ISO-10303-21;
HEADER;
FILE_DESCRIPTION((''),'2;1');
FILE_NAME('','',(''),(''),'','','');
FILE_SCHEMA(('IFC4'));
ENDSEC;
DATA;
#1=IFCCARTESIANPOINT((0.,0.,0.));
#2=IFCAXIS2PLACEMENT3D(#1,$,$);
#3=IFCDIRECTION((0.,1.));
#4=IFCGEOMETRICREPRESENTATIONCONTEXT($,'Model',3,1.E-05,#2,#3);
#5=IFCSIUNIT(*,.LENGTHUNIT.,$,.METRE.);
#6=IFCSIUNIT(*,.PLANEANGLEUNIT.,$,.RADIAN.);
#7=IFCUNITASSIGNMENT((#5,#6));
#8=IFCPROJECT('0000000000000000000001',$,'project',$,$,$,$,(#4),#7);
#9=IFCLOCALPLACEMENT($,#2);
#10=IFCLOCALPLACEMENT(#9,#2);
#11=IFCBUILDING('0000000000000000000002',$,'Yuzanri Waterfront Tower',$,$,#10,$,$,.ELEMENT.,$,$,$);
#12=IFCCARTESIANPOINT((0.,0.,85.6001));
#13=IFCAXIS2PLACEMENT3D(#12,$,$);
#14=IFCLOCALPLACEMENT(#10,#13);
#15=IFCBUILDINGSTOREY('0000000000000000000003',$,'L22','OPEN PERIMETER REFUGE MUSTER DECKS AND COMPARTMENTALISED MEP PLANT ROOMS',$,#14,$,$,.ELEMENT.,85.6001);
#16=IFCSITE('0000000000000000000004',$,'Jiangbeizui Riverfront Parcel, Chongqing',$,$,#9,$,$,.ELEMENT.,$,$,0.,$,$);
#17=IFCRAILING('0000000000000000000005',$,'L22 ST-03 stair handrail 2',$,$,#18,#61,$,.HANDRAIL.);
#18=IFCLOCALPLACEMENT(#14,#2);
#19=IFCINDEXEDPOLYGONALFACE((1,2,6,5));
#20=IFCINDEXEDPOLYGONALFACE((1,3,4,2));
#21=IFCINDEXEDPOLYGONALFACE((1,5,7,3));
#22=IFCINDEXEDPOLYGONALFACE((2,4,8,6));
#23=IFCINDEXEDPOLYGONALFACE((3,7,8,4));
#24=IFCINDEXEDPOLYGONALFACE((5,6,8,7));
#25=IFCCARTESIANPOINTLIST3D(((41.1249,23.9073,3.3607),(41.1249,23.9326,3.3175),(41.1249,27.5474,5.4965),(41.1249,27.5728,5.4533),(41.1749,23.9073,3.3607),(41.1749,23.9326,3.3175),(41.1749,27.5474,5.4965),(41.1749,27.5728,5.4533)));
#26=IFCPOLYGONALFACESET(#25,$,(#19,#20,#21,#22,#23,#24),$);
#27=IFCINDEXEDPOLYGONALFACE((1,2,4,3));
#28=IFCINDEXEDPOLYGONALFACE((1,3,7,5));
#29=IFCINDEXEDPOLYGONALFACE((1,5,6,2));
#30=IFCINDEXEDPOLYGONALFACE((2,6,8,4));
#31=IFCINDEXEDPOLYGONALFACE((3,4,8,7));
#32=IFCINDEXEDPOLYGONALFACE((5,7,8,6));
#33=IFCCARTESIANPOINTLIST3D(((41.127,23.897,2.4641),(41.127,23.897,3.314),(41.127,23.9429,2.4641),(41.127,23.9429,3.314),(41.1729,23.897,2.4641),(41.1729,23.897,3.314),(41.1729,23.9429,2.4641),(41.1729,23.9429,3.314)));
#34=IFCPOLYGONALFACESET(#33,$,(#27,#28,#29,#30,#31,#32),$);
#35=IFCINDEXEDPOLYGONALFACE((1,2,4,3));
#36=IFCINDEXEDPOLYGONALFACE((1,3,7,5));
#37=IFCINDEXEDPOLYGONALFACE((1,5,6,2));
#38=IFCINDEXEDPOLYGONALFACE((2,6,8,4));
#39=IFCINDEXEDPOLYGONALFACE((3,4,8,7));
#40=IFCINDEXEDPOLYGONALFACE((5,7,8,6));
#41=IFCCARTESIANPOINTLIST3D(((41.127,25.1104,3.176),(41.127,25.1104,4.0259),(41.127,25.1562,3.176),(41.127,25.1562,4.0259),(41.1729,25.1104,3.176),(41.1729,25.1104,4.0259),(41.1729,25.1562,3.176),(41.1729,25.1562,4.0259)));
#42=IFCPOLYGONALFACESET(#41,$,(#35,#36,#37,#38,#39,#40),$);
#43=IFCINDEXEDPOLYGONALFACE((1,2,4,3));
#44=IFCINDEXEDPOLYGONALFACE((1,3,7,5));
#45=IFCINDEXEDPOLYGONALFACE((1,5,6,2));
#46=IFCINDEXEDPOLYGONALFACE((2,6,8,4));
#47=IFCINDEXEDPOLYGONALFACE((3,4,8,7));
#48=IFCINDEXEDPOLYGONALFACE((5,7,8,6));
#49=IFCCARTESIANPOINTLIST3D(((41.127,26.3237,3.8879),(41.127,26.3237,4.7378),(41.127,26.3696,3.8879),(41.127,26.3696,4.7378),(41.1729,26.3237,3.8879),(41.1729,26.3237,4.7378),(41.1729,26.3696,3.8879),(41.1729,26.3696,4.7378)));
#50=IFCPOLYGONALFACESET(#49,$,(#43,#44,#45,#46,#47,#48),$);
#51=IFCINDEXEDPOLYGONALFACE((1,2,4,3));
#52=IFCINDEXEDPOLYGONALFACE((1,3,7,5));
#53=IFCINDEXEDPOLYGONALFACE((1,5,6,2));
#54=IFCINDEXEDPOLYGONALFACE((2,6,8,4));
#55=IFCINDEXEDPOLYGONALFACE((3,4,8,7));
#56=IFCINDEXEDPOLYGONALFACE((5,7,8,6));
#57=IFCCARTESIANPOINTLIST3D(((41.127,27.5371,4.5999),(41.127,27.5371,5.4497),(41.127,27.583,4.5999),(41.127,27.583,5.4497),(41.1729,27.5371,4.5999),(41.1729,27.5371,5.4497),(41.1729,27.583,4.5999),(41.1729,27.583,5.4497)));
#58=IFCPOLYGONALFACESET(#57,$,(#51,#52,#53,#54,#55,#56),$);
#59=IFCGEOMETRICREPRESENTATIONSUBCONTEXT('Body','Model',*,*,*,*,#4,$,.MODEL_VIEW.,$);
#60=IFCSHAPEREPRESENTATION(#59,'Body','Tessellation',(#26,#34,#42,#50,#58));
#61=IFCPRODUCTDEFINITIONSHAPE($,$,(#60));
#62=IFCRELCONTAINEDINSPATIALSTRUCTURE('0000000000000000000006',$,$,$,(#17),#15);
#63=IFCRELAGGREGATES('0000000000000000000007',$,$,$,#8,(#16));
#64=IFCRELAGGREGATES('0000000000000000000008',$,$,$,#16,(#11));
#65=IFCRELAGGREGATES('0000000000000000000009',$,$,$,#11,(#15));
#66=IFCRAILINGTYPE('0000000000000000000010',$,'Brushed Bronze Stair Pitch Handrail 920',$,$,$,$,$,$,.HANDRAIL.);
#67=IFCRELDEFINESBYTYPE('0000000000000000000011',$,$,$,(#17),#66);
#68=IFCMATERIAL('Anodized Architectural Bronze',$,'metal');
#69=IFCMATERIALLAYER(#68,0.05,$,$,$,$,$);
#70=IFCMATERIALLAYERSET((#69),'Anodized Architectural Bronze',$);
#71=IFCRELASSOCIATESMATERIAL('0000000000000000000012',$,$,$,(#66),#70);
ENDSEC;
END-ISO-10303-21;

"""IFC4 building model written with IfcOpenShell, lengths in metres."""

from ifc_helpers import new_model, si_unit, direction, frame, origin, origin_2d, place, context, subcontext, project, spatial, rectangle, extrude, source, transform, mapped, material, layer, layer_set, type_object, element, save


model = new_model("IFC4")

# Units and contexts
model_context = context("Model", 3, precision=1e-05, world=origin(), true_north=direction((0.0, 1.0)))
body_context = subcontext(model_context, "Body", "Model", "MODEL_VIEW")
ifc_project = project(units=[si_unit("LENGTHUNIT", "METRE"), si_unit("PLANEANGLEUNIT", "RADIAN")], contexts=[model_context])

# Site, building, storey
site_placement = place(None, origin())
site = spatial("IfcSite", under=ifc_project, at=site_placement, Name="Jiangbeizui Riverfront Parcel, Chongqing", CompositionType="ELEMENT", RefElevation=0.0)
building_placement = place(site_placement, origin())
building = spatial("IfcBuilding", under=site, at=building_placement, Name="Yuzanri Waterfront Tower", CompositionType="ELEMENT")
storey_placement = place(building_placement, frame((0.0, 0.0, 85.6001)))
storey = spatial("IfcBuildingStorey", under=building, at=storey_placement, Name="L22", Description="OPEN PERIMETER REFUGE MUSTER DECKS AND COMPARTMENTALISED MEP PLANT ROOMS", CompositionType="ELEMENT", Elevation=85.6001)

# Railing
ifc_material_1 = material(Name="Anodized Architectural Bronze", Category="metal")
ifc_layer_1 = layer(ifc_material_1, 0.05)
ifc_layer_set_1 = layer_set([ifc_layer_1], Name="Anodized Architectural Bronze")
railing_type_1 = type_object("IfcRailingType", Name="Brushed Bronze Stair Pitch Handrail 920", PredefinedType="HANDRAIL", material=ifc_layer_set_1)
shared_shape_1 = source(origin(), body_context, "Body", "SweptSolid", [
    extrude(rectangle(XDim=0.05, YDim=0.05, at=origin_2d()), frame((0.0, 0.0, 0.875), z_axis=(0.0, 0.862505, 0.506049), x_axis=(-1.0, 0.0, 0.0)), (0.0, 0.0, 1.0), 4.2205),
    extrude(rectangle(XDim=0.0459, YDim=0.0459, at=origin_2d()), origin(), (0.0, 0.0, 1.0), 0.8499),
    extrude(rectangle(XDim=0.0459, YDim=0.0459, at=origin_2d()), frame((0.0, 1.2134, 0.7119)), (0.0, 0.0, 1.0), 0.8499),
    extrude(rectangle(XDim=0.0459, YDim=0.0459, at=origin_2d()), frame((0.0, 2.4268, 1.4238)), (0.0, 0.0, 1.0), 0.8499),
    extrude(rectangle(XDim=0.0459, YDim=0.0459, at=origin_2d()), frame((0.0, 3.6401, 2.1357)), (0.0, 0.0, 1.0), 0.8499),
])
railing_1_placement = place(storey_placement, frame((41.1499, 23.9199, 2.4641)))
element("IfcRailing", 1, at=railing_1_placement, inside=storey, type_object=railing_type_1, Name="L22 ST-03 stair handrail 2", PredefinedType="HANDRAIL", context=body_context, shape_type="MappedRepresentation", body=[
    mapped(shared_shape_1, transform((0.0, 0.0, 0.0), scale=1.0)),
])

save(model, "model.ifc")
